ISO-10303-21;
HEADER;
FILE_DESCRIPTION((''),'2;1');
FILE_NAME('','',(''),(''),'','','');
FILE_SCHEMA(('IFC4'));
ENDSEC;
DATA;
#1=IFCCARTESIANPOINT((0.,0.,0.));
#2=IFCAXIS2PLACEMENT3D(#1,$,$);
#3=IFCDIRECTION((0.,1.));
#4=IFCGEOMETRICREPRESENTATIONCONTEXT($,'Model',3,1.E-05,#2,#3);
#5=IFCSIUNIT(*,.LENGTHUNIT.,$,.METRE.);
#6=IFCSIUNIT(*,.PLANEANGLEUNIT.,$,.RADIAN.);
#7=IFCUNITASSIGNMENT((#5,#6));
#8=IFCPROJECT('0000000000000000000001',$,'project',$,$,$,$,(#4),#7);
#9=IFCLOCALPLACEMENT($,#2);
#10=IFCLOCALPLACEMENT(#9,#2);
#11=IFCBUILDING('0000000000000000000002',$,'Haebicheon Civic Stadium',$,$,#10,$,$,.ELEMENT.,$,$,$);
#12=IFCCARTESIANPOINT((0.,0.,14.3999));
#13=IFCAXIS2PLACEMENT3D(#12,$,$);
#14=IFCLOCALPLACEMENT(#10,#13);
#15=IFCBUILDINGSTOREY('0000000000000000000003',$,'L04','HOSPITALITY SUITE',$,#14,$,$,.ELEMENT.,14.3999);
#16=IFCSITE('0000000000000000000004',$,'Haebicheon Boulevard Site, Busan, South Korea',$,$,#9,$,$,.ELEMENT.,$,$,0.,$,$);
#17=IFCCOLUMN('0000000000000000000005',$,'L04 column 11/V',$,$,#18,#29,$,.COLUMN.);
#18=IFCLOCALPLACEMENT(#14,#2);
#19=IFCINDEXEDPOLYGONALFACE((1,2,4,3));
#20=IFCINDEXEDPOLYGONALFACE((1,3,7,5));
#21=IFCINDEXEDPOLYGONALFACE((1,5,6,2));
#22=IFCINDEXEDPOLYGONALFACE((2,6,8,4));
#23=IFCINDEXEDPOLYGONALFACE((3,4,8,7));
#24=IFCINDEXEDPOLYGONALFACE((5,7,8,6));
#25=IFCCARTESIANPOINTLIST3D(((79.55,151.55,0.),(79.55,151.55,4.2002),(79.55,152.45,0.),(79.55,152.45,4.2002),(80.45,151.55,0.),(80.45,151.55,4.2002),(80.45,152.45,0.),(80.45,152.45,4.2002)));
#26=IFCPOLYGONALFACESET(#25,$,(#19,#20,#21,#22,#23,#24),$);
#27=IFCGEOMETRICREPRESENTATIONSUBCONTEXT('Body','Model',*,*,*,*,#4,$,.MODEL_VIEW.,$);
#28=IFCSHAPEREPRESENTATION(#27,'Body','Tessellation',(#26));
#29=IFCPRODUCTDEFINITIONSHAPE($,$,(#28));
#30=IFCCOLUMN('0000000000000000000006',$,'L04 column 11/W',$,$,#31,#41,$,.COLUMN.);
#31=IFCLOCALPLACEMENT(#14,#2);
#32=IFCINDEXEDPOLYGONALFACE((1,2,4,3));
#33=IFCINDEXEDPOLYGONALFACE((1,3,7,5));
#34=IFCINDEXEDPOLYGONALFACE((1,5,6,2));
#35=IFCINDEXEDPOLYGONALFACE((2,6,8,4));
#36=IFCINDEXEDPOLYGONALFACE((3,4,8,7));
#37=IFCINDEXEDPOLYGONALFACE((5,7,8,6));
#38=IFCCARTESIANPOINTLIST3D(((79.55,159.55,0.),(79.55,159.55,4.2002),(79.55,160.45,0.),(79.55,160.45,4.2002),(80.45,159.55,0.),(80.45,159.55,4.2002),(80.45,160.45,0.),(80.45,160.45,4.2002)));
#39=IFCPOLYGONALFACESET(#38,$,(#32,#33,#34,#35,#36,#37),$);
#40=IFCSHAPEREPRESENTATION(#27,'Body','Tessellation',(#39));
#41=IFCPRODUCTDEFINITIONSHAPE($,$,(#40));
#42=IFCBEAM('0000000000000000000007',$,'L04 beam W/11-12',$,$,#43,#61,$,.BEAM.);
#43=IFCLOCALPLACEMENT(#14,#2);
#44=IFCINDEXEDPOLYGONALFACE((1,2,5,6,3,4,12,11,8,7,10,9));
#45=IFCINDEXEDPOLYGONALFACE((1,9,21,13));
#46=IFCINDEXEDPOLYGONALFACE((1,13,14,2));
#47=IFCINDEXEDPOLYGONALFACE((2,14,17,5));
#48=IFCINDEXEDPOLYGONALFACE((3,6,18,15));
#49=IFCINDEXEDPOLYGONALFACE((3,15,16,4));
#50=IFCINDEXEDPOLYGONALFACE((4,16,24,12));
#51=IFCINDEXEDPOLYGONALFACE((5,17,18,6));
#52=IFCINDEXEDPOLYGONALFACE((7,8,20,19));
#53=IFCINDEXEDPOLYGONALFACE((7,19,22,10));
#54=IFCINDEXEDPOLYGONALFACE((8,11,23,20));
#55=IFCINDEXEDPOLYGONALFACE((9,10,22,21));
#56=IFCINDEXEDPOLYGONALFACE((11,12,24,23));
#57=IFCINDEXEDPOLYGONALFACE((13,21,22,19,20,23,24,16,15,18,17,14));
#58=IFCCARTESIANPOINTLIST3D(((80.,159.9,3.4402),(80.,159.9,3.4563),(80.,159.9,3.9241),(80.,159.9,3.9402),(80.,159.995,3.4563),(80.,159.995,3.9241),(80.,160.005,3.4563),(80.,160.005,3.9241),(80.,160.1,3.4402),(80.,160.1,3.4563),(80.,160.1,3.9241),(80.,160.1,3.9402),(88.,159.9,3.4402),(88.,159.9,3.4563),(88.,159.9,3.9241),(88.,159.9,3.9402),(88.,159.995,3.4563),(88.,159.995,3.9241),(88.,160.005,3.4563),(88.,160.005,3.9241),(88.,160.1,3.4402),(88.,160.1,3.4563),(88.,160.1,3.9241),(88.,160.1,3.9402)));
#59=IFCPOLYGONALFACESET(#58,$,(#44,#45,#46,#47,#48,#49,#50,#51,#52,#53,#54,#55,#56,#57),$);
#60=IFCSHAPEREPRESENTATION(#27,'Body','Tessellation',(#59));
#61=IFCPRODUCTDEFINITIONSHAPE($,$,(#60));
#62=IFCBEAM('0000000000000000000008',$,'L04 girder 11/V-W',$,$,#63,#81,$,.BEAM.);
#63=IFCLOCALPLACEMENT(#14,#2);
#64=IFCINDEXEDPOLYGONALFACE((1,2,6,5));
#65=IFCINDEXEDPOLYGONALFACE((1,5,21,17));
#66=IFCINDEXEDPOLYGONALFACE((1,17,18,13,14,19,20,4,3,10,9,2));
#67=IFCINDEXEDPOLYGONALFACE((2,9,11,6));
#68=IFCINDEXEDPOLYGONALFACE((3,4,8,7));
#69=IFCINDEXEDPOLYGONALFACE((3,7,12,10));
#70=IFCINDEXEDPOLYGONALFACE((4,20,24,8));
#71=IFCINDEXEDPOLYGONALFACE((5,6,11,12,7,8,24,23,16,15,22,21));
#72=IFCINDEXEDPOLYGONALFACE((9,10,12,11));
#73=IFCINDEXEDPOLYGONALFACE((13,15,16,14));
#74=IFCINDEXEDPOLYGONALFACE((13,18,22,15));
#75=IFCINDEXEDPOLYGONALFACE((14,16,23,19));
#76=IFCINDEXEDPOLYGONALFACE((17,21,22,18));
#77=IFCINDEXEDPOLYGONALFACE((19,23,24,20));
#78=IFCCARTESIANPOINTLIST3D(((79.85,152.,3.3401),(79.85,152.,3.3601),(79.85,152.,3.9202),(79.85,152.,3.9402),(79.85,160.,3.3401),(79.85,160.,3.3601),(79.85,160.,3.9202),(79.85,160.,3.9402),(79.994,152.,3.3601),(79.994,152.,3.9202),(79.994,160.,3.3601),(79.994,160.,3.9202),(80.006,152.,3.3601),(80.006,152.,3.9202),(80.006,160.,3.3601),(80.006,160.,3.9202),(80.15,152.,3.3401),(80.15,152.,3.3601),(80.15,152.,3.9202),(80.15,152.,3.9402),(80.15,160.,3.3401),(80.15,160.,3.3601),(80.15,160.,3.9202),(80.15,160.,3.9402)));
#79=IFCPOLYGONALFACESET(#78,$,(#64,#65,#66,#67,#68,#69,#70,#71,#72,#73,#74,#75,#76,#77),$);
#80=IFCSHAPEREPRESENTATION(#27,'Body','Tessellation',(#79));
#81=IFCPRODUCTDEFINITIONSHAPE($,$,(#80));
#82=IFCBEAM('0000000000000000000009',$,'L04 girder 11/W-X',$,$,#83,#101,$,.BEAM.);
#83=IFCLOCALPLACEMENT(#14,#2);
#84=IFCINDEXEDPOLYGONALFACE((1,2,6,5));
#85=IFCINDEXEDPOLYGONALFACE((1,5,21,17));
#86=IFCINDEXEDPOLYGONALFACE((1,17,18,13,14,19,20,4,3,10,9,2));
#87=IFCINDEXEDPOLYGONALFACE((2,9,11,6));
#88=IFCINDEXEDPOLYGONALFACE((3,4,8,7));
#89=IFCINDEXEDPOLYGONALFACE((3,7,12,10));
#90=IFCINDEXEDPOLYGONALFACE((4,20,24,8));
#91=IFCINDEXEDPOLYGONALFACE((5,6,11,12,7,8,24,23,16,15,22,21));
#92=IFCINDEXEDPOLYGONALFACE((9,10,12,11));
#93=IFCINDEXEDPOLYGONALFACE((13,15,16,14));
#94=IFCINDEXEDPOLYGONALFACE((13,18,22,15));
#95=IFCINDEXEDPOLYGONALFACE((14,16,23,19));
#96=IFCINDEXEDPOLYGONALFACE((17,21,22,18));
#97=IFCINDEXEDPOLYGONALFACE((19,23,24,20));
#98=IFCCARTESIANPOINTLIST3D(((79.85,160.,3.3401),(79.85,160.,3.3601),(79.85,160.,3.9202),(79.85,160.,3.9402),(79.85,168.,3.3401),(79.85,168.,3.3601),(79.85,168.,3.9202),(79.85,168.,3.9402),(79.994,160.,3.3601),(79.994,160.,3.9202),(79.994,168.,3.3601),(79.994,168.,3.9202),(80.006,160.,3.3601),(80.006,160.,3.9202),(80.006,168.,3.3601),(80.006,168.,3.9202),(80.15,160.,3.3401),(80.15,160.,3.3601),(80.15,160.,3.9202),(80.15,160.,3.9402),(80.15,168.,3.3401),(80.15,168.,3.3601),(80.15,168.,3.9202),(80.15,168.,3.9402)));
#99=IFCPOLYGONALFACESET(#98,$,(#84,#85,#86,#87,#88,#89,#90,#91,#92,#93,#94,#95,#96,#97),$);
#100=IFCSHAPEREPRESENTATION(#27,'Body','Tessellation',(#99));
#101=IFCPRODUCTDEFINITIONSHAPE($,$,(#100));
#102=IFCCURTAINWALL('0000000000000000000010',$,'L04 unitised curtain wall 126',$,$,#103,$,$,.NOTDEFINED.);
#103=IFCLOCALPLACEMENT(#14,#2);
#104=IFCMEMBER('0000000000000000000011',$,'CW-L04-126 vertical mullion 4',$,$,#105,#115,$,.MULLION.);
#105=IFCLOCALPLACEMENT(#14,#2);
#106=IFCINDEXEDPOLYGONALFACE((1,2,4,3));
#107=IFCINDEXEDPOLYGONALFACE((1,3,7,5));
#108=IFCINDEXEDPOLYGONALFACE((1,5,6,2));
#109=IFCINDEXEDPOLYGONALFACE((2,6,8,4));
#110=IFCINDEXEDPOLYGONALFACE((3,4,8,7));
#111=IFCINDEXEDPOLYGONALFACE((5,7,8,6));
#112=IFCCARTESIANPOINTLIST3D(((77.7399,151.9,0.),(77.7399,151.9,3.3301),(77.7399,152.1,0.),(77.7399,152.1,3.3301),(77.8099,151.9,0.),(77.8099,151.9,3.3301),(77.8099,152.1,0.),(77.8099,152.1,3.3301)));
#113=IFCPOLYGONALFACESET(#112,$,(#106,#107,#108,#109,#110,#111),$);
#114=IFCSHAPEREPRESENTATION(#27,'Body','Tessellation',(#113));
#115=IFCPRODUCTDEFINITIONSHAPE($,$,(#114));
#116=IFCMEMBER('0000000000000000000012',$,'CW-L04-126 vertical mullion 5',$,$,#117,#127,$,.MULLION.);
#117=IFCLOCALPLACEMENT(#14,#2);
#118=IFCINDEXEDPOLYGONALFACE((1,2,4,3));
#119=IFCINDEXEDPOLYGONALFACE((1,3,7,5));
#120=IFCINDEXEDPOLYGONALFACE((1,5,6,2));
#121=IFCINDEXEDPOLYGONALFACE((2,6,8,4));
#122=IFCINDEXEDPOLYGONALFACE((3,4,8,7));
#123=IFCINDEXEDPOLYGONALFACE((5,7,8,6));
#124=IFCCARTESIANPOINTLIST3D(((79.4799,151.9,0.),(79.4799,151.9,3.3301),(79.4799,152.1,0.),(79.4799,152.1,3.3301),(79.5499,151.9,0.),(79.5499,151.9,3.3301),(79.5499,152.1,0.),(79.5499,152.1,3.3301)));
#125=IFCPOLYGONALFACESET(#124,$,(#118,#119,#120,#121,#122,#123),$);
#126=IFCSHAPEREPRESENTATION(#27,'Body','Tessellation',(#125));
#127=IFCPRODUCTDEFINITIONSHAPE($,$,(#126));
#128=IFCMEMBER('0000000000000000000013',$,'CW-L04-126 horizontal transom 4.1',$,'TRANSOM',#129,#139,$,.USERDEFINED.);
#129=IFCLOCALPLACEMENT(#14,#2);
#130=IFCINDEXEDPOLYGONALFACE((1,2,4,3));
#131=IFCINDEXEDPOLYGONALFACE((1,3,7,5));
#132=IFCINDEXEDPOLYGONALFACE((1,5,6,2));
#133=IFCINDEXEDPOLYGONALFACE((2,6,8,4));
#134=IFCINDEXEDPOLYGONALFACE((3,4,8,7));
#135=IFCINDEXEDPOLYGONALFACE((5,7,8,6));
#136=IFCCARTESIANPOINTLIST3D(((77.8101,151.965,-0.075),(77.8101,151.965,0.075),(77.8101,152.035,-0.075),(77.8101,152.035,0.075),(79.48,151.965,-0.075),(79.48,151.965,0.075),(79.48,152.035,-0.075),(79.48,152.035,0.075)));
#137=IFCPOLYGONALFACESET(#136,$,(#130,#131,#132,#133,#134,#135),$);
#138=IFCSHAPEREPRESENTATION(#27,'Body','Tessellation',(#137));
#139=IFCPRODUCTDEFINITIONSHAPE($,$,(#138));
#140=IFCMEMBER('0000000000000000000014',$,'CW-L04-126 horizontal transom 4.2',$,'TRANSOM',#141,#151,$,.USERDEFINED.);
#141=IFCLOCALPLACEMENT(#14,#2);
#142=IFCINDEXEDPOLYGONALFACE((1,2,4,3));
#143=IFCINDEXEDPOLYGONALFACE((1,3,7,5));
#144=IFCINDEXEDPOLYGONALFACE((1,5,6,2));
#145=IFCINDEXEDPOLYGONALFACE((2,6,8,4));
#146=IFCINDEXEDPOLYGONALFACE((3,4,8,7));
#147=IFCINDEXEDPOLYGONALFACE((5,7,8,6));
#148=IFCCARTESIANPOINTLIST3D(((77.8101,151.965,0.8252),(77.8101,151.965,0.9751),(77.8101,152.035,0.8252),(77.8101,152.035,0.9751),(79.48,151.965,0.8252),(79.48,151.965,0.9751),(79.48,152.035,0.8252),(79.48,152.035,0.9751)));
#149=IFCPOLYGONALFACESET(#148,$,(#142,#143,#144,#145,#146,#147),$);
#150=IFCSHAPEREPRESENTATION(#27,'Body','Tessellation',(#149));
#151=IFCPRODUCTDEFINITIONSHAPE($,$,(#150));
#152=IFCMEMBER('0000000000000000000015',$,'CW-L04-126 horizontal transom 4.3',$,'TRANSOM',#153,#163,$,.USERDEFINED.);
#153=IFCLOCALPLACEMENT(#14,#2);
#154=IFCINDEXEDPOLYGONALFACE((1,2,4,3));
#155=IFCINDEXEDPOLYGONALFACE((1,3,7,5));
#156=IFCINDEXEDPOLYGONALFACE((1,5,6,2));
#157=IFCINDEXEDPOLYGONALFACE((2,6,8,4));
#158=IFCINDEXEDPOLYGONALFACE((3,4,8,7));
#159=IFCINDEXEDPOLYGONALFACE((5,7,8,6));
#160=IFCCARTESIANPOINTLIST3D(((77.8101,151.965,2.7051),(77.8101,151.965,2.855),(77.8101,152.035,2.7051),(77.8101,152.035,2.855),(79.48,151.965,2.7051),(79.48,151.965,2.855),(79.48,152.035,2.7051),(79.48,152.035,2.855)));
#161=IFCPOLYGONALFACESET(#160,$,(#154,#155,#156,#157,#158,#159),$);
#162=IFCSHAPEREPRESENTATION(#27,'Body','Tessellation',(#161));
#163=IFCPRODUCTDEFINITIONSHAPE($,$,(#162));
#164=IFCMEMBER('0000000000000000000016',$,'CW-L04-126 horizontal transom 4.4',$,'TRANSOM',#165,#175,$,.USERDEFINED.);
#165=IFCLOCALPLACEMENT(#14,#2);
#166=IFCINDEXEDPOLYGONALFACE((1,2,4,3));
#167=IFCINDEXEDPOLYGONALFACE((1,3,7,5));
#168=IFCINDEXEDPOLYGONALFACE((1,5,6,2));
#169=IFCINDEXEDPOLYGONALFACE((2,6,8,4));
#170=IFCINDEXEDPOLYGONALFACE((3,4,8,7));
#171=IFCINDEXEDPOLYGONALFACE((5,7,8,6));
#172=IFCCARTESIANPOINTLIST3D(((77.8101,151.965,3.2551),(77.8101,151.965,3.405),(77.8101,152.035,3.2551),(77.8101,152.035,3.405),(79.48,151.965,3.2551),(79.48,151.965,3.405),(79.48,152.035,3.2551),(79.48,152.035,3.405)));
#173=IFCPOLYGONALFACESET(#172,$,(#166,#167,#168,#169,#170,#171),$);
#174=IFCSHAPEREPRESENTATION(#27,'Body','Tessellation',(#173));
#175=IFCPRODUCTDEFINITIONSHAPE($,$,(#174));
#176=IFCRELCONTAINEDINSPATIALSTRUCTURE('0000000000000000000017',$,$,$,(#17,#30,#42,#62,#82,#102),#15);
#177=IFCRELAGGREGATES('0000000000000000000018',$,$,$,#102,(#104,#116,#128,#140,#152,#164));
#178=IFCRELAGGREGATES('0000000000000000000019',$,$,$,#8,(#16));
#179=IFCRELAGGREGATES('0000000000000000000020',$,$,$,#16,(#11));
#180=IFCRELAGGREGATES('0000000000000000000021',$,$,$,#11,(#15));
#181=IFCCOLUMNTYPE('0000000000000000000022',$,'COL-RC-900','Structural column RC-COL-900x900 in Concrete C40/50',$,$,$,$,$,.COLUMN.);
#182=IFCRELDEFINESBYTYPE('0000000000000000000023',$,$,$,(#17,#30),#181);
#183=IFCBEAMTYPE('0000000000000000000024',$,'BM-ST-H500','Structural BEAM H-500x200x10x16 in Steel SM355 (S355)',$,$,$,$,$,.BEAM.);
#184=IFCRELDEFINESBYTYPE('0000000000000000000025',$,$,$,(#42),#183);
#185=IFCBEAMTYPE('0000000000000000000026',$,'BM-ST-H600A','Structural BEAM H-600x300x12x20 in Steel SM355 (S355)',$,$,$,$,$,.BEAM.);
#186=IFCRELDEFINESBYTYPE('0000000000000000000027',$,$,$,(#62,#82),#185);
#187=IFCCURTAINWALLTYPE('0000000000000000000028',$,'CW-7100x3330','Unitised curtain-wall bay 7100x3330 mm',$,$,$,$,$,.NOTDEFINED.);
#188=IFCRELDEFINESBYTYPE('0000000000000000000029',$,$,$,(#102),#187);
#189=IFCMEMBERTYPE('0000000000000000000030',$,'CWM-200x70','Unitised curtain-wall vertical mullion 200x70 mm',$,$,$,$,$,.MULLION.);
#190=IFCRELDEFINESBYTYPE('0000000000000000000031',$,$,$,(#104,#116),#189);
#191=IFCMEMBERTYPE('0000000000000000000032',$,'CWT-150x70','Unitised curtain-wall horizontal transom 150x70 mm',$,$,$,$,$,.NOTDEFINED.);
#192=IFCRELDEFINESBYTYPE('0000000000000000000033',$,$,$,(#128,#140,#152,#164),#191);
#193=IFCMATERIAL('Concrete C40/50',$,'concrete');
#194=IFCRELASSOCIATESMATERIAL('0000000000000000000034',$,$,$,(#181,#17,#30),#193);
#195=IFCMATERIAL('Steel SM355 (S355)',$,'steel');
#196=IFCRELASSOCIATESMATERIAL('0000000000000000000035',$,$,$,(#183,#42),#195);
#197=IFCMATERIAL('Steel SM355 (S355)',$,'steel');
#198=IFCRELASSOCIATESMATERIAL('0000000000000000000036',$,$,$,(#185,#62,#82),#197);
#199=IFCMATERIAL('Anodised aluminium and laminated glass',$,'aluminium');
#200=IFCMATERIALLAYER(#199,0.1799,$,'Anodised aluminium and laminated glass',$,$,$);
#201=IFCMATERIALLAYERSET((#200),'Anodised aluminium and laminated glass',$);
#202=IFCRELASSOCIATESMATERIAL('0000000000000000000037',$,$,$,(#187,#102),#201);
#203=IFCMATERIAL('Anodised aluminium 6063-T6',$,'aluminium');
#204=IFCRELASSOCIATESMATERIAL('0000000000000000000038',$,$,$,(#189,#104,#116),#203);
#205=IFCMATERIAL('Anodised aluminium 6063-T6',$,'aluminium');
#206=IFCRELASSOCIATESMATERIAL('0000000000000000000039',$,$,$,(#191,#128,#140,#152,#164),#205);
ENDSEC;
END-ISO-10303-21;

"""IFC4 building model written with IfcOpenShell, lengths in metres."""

from ifc_helpers import new_model, si_unit, direction, frame, origin, origin_2d, place, context, subcontext, project, spatial, rectangle, i_section, extrude, material, layer, layer_set, material_profile, profile_set, type_object, element, aggregate, save


model = new_model("IFC4")

# Units and contexts
model_context = context("Model", 3, precision=1e-05, world=origin(), true_north=direction((0.0, 1.0)))
body_context = subcontext(model_context, "Body", "Model", "MODEL_VIEW")
ifc_project = project(units=[si_unit("LENGTHUNIT", "METRE"), si_unit("PLANEANGLEUNIT", "RADIAN")], contexts=[model_context])

# Site, building, storey
site_placement = place(None, origin())
site = spatial("IfcSite", under=ifc_project, at=site_placement, Name="Haebicheon Boulevard Site, Busan, South Korea", CompositionType="ELEMENT", RefElevation=0.0)
building_placement = place(site_placement, origin())
building = spatial("IfcBuilding", under=site, at=building_placement, Name="Haebicheon Civic Stadium", CompositionType="ELEMENT")
storey_placement = place(building_placement, frame((0.0, 0.0, 14.3999)))
storey = spatial("IfcBuildingStorey", under=building, at=storey_placement, Name="L04", Description="HOSPITALITY SUITE", CompositionType="ELEMENT", Elevation=14.3999)

# Columns
ifc_material_1 = material(Name="Concrete C40/50", Category="concrete")
ifc_material_profile_1 = material_profile(ifc_material_1, rectangle(XDim=0.8999, YDim=0.8999, at=origin_2d()), Name="RC-COL-900x900")
ifc_profile_set_1 = profile_set([ifc_material_profile_1], Name="Concrete C40/50")
column_type = type_object("IfcColumnType", Name="COL-RC-900", Description="Structural column RC-COL-900x900 in Concrete C40/50", PredefinedType="COLUMN", material=ifc_profile_set_1)
for number, where, z_axis, x_axis, name in (
    (1, (80.0, 152.0, 0.0), (0.0, 0.0, 1.0), (1.0, 0.0, 0.0), "L04 column 11/V"),
    (2, (80.0, 160.0, 0.0), (0.0, 0.0, 1.0), (1.0, 0.0, 0.0), "L04 column 11/W"),
):
    element("IfcColumn", number, at=place(storey_placement, frame(where, z_axis=z_axis, x_axis=x_axis)), inside=storey, type_object=column_type, material=ifc_profile_set_1, Name=name, PredefinedType="COLUMN", context=body_context, shape_type="SweptSolid", body=[
        extrude(rectangle(XDim=0.8999, YDim=0.8999, at=origin_2d()), origin(), (0.0, 0.0, 1.0), 4.2002),
    ])

# Beams
ifc_material_2 = material(Name="Steel SM355 (S355)", Category="steel")
ifc_material_profile_2 = material_profile(ifc_material_2, i_section(OverallWidth=0.2, OverallDepth=0.5, WebThickness=0.01, FlangeThickness=0.0161, at=origin_2d()), Name="H-500x200x10x16")
ifc_profile_set_2 = profile_set([ifc_material_profile_2], Name="Steel SM355 (S355)")
beam_type_1 = type_object("IfcBeamType", Name="BM-ST-H500", Description="Structural BEAM H-500x200x10x16 in Steel SM355 (S355)", PredefinedType="BEAM", material=ifc_profile_set_2)
beam_1_placement = place(storey_placement, frame((80.0, 160.0, 3.6902), z_axis=(1.0, 0.0, 0.0), x_axis=(0.0, 1.0, 0.0)))
element("IfcBeam", 3, at=beam_1_placement, inside=storey, type_object=beam_type_1, material=ifc_profile_set_2, Name="L04 beam W/11-12", PredefinedType="BEAM", context=body_context, shape_type="SweptSolid", body=[
    extrude(i_section(OverallWidth=0.2, OverallDepth=0.5, WebThickness=0.01, FlangeThickness=0.0161, at=origin_2d()), origin(), (0.0, 0.0, 1.0), 8.0),
])
ifc_material_3 = material(Name="Steel SM355 (S355)", Category="steel")
ifc_material_profile_3 = material_profile(ifc_material_3, i_section(OverallWidth=0.3, OverallDepth=0.6001, WebThickness=0.012, FlangeThickness=0.02, at=origin_2d()), Name="H-600x300x12x20")
ifc_profile_set_3 = profile_set([ifc_material_profile_3], Name="Steel SM355 (S355)")
beam_type_2 = type_object("IfcBeamType", Name="BM-ST-H600A", Description="Structural BEAM H-600x300x12x20 in Steel SM355 (S355)", PredefinedType="BEAM", material=ifc_profile_set_3)
for number, where, z_axis, x_axis, name in (
    (4, (80.0, 152.0, 3.6401), (0.0, 1.0, 0.0), (-1.0, 0.0, 0.0), "L04 girder 11/V-W"),
    (5, (80.0, 160.0, 3.6401), (0.0, 1.0, 0.0), (-1.0, 0.0, 0.0), "L04 girder 11/W-X"),
):
    element("IfcBeam", number, at=place(storey_placement, frame(where, z_axis=z_axis, x_axis=x_axis)), inside=storey, type_object=beam_type_2, material=ifc_profile_set_3, Name=name, PredefinedType="BEAM", context=body_context, shape_type="SweptSolid", body=[
        extrude(i_section(OverallWidth=0.3, OverallDepth=0.6001, WebThickness=0.012, FlangeThickness=0.02, at=origin_2d()), origin(), (0.0, 0.0, 1.0), 8.0),
    ])

# Curtain wall, members
ifc_material_4 = material(Name="Anodised aluminium and laminated glass", Category="aluminium")
ifc_layer_1 = layer(ifc_material_4, 0.1799, Name="Anodised aluminium and laminated glass")
ifc_layer_set_1 = layer_set([ifc_layer_1], Name="Anodised aluminium and laminated glass")
curtain_wall_type = type_object("IfcCurtainWallType", Name="CW-7100x3330", Description="Unitised curtain-wall bay 7100x3330 mm", PredefinedType="NOTDEFINED", material=ifc_layer_set_1)
curtain_wall_placement = place(storey_placement, origin())
curtain_wall = element("IfcCurtainWall", 6, at=curtain_wall_placement, inside=storey, type_object=curtain_wall_type, material=ifc_layer_set_1, Name="L04 unitised curtain wall 126", PredefinedType="NOTDEFINED")
ifc_material_5 = material(Name="Anodised aluminium 6063-T6", Category="aluminium")
ifc_material_profile_4 = material_profile(ifc_material_5, rectangle(XDim=0.0701, YDim=0.2, at=origin_2d()), Name="ALU-MULL-70x200")
ifc_profile_set_4 = profile_set([ifc_material_profile_4], Name="Anodised aluminium 6063-T6")
member_type_1 = type_object("IfcMemberType", Name="CWM-200x70", Description="Unitised curtain-wall vertical mullion 200x70 mm", PredefinedType="MULLION", material=ifc_profile_set_4)
member_1_placement = place(storey_placement, frame((77.7749, 152.0, 0.0), z_axis=(0.0, 0.0, 1.0), x_axis=(1.0, 0.0, 0.0)))
member_1 = element("IfcMember", 7, at=member_1_placement, type_object=member_type_1, material=ifc_profile_set_4, Name="CW-L04-126 vertical mullion 4", PredefinedType="MULLION", context=body_context, shape_type="SweptSolid", body=[
    extrude(rectangle(XDim=0.0701, YDim=0.2, at=origin_2d()), origin(), (0.0, 0.0, 1.0), 3.3301),
])
member_2_placement = place(storey_placement, frame((79.5149, 152.0, 0.0), z_axis=(0.0, 0.0, 1.0), x_axis=(1.0, 0.0, 0.0)))
member_2 = element("IfcMember", 8, at=member_2_placement, type_object=member_type_1, material=ifc_profile_set_4, Name="CW-L04-126 vertical mullion 5", PredefinedType="MULLION", context=body_context, shape_type="SweptSolid", body=[
    extrude(rectangle(XDim=0.0701, YDim=0.2, at=origin_2d()), origin(), (0.0, 0.0, 1.0), 3.3301),
])
ifc_material_6 = material(Name="Anodised aluminium 6063-T6", Category="aluminium")
ifc_material_profile_5 = material_profile(ifc_material_6, rectangle(XDim=0.0701, YDim=0.1499, at=origin_2d()), Name="ALU-TRAN-70x150")
ifc_profile_set_5 = profile_set([ifc_material_profile_5], Name="Anodised aluminium 6063-T6")
member_type_2 = type_object("IfcMemberType", Name="CWT-150x70", Description="Unitised curtain-wall horizontal transom 150x70 mm", PredefinedType="NOTDEFINED", material=ifc_profile_set_5)
member_3_placement = place(storey_placement, frame((77.8101, 152.0, 0.0), z_axis=(1.0, 0.0, 0.0), x_axis=(0.0, 1.0, 0.0)))
member_3 = element("IfcMember", 9, at=member_3_placement, type_object=member_type_2, material=ifc_profile_set_5, Name="CW-L04-126 horizontal transom 4.1", ObjectType="TRANSOM", PredefinedType="USERDEFINED", context=body_context, shape_type="SweptSolid", body=[
    extrude(rectangle(XDim=0.0701, YDim=0.1499, at=origin_2d()), origin(), (0.0, 0.0, 1.0), 1.6699),
])
member_4_placement = place(storey_placement, frame((77.8101, 152.0, 0.9001), z_axis=(1.0, 0.0, 0.0), x_axis=(0.0, 1.0, 0.0)))
member_4 = element("IfcMember", 10, at=member_4_placement, type_object=member_type_2, material=ifc_profile_set_5, Name="CW-L04-126 horizontal transom 4.2", ObjectType="TRANSOM", PredefinedType="USERDEFINED", context=body_context, shape_type="SweptSolid", body=[
    extrude(rectangle(XDim=0.0701, YDim=0.1499, at=origin_2d()), origin(), (0.0, 0.0, 1.0), 1.6699),
])
member_5_placement = place(storey_placement, frame((77.8101, 152.0, 2.78), z_axis=(1.0, 0.0, 0.0), x_axis=(0.0, 1.0, 0.0)))
member_5 = element("IfcMember", 11, at=member_5_placement, type_object=member_type_2, material=ifc_profile_set_5, Name="CW-L04-126 horizontal transom 4.3", ObjectType="TRANSOM", PredefinedType="USERDEFINED", context=body_context, shape_type="SweptSolid", body=[
    extrude(rectangle(XDim=0.0701, YDim=0.1499, at=origin_2d()), origin(), (0.0, 0.0, 1.0), 1.6699),
])
member_6_placement = place(storey_placement, frame((77.8101, 152.0, 3.3301), z_axis=(1.0, 0.0, 0.0), x_axis=(0.0, 1.0, 0.0)))
member_6 = element("IfcMember", 12, at=member_6_placement, type_object=member_type_2, material=ifc_profile_set_5, Name="CW-L04-126 horizontal transom 4.4", ObjectType="TRANSOM", PredefinedType="USERDEFINED", context=body_context, shape_type="SweptSolid", body=[
    extrude(rectangle(XDim=0.0701, YDim=0.1499, at=origin_2d()), origin(), (0.0, 0.0, 1.0), 1.6699),
])

aggregate(curtain_wall, [member_1, member_2, member_3, member_4, member_5, member_6])

save(model, "model.ifc")
